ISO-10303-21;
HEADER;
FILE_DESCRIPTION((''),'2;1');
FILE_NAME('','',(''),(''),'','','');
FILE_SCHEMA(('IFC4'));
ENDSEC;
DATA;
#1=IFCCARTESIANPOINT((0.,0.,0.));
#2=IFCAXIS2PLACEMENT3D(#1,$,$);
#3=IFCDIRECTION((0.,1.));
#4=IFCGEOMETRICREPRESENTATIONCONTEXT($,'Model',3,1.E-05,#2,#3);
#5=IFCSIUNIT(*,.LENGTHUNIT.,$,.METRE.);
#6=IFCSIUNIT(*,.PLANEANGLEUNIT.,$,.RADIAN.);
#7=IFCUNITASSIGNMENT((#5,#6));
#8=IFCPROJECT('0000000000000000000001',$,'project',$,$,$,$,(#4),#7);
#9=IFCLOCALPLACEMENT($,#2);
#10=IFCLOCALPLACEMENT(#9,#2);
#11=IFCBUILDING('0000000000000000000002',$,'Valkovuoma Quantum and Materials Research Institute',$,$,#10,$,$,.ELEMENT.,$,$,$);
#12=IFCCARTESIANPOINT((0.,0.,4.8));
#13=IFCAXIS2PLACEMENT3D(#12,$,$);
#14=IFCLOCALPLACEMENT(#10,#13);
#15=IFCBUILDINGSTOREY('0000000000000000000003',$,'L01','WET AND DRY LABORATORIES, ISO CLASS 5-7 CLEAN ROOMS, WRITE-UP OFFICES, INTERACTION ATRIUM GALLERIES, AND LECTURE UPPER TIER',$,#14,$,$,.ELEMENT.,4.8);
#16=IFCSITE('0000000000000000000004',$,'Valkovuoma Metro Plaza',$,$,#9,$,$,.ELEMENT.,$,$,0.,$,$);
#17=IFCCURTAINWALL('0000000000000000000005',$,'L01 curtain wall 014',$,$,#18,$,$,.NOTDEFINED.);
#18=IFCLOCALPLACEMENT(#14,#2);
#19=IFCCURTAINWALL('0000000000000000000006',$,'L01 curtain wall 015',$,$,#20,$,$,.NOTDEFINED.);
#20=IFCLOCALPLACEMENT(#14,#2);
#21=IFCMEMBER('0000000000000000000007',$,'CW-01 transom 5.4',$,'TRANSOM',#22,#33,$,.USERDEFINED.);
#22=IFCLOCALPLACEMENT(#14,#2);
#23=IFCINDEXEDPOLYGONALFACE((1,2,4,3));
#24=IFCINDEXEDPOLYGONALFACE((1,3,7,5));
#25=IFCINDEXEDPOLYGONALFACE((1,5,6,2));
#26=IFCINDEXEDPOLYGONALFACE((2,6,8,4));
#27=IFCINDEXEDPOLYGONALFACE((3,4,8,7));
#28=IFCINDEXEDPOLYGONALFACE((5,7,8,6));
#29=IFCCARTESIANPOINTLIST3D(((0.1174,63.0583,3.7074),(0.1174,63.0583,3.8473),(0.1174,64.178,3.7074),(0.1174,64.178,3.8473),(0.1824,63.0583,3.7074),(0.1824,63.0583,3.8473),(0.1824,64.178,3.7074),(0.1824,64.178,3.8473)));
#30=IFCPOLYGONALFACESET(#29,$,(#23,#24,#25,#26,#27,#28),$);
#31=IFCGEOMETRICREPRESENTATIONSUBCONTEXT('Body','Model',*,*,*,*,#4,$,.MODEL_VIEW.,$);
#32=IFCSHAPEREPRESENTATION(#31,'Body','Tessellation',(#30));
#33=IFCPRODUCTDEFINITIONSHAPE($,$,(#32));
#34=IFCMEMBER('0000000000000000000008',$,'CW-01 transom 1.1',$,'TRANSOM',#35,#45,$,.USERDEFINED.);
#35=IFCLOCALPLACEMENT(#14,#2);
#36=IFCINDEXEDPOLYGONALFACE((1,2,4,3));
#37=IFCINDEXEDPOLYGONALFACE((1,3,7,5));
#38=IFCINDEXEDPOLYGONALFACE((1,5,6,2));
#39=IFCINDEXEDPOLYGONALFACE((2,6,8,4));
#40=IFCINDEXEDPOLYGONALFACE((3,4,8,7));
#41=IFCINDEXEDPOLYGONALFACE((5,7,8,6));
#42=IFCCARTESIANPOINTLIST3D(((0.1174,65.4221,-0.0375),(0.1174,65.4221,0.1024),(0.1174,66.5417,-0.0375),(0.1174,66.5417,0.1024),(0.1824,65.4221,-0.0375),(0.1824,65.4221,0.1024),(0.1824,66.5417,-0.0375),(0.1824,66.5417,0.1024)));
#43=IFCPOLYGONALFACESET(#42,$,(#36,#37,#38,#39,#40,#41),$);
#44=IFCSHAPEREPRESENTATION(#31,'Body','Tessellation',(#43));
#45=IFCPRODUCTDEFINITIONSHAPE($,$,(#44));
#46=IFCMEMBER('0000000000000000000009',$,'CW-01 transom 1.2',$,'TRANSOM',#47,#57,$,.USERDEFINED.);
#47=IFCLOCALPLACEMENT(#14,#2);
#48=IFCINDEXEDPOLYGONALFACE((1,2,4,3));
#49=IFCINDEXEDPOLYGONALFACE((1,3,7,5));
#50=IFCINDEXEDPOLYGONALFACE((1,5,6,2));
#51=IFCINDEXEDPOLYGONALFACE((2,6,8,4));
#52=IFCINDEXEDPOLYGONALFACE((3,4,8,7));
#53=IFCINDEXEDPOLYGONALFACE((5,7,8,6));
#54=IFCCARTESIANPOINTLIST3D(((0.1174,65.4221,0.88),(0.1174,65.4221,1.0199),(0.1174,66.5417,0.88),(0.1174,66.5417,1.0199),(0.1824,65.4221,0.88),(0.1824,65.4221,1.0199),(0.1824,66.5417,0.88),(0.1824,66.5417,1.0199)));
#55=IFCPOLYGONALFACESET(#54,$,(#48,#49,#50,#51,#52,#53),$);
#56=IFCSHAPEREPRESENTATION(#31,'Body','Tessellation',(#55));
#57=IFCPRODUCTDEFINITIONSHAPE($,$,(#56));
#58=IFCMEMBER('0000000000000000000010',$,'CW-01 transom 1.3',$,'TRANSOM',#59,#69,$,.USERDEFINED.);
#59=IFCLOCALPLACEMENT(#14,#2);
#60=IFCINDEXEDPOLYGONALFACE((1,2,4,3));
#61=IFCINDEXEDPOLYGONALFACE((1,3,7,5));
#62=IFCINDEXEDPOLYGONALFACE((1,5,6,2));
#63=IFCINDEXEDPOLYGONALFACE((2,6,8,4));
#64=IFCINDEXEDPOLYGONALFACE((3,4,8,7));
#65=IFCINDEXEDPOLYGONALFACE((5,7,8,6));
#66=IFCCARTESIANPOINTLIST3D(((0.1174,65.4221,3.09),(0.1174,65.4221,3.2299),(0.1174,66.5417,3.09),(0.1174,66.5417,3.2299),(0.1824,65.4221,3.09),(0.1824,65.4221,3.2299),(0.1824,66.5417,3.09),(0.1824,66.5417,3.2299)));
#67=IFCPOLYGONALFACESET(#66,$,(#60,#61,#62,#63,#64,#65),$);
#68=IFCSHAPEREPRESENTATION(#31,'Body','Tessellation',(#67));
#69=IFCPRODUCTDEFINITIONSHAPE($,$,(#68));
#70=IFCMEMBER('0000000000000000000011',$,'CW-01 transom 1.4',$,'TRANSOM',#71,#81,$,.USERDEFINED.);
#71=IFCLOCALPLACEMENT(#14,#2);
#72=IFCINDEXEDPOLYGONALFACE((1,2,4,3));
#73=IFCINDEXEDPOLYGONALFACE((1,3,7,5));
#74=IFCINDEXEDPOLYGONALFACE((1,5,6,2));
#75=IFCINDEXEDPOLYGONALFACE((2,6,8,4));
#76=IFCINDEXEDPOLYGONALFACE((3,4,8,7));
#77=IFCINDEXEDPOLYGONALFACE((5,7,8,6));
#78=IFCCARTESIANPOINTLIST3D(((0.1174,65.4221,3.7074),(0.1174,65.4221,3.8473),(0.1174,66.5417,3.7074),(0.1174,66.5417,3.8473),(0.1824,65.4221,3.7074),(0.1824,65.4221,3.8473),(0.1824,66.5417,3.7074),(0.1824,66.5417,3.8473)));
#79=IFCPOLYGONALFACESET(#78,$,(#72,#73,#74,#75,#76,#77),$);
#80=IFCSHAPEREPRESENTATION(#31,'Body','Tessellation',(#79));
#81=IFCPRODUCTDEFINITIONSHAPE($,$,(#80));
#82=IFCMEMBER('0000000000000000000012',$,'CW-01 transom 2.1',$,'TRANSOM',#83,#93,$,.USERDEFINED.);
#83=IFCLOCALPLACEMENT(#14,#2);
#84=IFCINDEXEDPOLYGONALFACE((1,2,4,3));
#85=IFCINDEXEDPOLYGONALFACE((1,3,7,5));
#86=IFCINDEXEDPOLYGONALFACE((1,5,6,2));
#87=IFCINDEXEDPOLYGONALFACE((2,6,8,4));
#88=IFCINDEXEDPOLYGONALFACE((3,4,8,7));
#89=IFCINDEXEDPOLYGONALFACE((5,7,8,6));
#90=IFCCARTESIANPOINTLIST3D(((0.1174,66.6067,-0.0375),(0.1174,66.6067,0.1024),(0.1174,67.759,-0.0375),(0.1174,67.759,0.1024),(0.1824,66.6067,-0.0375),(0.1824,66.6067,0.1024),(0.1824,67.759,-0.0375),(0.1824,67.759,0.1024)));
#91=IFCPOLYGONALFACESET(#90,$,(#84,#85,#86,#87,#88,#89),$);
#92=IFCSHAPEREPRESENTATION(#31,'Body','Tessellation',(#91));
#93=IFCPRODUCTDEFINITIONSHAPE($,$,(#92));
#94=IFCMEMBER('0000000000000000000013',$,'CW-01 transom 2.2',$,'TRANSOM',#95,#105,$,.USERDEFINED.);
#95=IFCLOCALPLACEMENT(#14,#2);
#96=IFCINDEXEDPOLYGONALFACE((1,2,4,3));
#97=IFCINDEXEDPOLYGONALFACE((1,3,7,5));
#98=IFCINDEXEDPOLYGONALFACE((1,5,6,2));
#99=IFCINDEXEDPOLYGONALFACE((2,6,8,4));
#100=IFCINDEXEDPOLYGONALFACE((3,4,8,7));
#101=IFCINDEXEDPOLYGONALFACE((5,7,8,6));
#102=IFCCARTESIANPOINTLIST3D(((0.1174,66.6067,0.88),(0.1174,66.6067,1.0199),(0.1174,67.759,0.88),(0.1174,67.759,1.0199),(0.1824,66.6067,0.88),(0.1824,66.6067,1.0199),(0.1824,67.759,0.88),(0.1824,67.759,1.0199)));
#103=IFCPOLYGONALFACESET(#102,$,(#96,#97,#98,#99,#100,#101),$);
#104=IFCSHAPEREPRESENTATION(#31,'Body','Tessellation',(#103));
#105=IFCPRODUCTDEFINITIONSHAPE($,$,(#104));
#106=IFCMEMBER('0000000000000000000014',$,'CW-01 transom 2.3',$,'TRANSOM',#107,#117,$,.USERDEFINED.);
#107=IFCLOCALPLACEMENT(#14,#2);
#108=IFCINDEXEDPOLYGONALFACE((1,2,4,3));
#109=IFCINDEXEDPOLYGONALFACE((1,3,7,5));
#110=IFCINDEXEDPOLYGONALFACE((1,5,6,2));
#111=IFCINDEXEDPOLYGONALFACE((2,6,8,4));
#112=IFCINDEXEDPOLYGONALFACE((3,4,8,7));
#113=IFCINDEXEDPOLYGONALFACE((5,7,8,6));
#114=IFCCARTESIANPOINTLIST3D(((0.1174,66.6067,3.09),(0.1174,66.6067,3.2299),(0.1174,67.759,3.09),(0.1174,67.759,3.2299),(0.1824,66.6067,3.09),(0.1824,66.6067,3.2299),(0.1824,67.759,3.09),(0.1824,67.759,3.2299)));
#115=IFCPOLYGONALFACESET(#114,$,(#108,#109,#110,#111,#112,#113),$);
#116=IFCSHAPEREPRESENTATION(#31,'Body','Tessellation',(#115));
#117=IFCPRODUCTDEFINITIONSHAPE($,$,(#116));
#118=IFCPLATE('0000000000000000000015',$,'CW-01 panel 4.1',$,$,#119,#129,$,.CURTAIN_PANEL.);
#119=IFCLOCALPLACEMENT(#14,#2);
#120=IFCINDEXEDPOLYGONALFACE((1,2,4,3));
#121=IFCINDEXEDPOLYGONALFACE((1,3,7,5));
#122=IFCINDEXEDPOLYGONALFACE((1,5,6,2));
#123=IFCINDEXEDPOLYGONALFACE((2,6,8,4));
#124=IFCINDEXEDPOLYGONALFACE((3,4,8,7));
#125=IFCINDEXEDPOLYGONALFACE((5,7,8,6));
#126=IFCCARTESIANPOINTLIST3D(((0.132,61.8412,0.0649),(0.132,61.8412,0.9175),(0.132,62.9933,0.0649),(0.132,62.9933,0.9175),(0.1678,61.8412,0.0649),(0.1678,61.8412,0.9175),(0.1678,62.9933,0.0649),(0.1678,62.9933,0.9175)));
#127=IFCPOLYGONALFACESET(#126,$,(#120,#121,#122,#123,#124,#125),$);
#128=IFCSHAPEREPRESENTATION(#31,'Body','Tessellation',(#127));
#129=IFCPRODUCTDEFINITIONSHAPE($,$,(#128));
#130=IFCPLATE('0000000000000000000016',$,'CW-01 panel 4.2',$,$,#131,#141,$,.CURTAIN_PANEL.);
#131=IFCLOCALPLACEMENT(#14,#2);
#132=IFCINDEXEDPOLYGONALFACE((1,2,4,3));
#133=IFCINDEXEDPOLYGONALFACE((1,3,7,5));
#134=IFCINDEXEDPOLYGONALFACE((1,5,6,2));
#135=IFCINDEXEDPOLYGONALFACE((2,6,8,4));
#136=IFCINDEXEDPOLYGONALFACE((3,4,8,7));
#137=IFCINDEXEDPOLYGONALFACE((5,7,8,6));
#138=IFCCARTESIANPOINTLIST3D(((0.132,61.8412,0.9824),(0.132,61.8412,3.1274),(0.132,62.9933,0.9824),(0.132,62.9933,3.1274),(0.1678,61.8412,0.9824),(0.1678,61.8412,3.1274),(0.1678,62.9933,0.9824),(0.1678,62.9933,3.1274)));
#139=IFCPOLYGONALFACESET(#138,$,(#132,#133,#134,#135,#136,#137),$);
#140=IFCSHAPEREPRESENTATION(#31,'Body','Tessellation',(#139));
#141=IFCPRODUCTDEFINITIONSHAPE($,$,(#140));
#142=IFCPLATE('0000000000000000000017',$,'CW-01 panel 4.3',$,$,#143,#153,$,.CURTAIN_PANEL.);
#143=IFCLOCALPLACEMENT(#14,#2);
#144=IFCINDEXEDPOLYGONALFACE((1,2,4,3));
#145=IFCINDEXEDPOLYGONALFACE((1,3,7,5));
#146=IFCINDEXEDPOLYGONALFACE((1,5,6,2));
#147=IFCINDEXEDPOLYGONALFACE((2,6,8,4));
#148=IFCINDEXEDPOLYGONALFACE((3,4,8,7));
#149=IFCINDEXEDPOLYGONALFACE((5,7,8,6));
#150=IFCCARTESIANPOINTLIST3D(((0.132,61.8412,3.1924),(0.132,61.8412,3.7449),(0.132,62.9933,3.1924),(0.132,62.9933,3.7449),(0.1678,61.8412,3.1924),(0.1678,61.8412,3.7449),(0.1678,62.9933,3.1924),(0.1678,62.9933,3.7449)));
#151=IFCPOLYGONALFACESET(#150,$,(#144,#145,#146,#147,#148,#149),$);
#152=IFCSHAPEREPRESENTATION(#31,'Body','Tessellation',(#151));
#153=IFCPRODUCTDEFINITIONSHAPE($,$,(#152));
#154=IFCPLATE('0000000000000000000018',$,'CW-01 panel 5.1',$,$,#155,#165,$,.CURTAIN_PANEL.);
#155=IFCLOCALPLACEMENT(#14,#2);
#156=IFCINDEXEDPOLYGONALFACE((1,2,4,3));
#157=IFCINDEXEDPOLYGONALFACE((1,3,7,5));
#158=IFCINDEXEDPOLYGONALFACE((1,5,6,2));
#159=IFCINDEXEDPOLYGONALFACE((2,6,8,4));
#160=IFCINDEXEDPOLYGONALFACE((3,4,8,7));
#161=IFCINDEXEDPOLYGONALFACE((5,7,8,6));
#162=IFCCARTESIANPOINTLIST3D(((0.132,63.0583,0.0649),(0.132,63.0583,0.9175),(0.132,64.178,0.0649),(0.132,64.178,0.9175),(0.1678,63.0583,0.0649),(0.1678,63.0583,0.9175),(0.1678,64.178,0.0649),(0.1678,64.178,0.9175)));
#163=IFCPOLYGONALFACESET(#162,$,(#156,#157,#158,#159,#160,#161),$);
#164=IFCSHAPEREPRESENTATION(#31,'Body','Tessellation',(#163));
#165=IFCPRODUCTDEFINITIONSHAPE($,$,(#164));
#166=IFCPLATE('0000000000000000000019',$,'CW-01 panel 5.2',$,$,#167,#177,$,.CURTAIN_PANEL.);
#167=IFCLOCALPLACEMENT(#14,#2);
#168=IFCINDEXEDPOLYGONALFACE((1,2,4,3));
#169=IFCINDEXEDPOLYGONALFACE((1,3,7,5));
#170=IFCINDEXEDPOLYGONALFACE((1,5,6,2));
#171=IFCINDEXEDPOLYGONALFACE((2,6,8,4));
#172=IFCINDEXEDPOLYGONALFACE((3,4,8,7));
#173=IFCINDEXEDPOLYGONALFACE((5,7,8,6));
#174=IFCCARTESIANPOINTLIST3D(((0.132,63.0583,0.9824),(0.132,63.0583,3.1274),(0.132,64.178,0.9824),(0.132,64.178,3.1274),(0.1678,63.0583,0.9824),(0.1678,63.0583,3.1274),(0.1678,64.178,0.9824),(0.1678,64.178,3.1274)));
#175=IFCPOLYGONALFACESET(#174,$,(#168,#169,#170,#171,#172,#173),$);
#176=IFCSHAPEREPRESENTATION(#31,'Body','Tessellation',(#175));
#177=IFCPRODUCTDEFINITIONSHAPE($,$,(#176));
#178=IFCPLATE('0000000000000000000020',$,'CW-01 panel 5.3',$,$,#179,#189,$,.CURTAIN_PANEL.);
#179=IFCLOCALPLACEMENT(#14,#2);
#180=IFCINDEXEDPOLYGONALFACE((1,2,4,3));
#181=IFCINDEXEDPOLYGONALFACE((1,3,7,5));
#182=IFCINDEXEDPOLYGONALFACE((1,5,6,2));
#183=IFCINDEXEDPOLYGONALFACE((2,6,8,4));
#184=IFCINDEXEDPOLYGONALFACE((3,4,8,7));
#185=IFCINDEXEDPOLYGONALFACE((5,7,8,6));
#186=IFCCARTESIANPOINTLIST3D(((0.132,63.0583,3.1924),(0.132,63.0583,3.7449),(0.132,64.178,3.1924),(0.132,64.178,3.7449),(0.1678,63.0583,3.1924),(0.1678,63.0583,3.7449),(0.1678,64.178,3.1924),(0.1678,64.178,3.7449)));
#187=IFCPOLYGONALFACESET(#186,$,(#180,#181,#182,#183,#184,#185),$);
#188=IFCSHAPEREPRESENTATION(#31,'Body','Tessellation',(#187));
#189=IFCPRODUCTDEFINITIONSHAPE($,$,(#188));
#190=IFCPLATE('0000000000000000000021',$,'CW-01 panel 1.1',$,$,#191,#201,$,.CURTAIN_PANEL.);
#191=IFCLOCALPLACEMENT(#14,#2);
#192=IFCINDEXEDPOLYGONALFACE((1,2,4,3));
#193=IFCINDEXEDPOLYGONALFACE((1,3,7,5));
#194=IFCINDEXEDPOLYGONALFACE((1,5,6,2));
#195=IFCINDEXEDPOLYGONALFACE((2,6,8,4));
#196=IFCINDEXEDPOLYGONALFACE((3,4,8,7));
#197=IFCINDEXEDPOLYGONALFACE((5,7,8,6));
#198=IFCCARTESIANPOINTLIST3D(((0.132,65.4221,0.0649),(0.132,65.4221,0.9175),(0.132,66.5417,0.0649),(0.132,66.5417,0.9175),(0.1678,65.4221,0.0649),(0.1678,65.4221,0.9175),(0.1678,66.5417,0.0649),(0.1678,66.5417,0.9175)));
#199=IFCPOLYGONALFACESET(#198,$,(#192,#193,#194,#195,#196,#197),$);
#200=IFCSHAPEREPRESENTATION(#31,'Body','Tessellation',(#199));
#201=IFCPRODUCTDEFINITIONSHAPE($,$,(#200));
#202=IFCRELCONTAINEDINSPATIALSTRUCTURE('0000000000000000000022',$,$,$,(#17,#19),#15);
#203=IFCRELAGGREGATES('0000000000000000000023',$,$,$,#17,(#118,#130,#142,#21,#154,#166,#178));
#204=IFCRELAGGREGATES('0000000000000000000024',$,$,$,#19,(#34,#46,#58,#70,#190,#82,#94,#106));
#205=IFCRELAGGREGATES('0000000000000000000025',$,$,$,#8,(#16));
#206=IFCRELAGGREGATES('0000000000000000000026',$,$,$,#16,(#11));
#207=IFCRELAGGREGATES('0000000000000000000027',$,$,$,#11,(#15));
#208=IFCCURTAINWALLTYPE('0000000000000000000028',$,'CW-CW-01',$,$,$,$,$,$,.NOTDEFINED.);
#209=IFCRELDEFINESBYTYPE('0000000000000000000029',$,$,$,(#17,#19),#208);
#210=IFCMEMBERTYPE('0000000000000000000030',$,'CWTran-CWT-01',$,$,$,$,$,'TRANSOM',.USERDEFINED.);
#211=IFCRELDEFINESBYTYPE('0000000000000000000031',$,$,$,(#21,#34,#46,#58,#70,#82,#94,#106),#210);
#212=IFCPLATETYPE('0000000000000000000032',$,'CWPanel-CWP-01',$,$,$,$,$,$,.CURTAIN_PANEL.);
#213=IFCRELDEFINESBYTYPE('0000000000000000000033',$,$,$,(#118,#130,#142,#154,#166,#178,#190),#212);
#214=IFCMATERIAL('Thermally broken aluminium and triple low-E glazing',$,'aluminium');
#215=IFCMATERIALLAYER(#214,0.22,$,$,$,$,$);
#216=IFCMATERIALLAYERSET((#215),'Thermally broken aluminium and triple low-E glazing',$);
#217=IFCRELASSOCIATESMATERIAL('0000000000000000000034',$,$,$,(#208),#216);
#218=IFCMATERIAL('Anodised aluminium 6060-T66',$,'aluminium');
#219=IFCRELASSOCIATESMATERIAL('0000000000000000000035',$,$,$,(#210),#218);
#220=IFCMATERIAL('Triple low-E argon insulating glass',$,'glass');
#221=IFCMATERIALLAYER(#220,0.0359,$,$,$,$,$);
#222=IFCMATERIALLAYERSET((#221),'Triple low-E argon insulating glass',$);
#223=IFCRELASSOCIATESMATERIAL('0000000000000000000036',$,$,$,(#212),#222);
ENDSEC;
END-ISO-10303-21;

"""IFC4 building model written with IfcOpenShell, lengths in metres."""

from ifc_helpers import new_model, si_unit, direction, frame, origin, origin_2d, place, context, subcontext, project, spatial, rectangle, extrude, material, layer, layer_set, material_profile, profile_set, type_object, element, aggregate, save


model = new_model("IFC4")

# Units and contexts
model_context = context("Model", 3, precision=1e-05, world=origin(), true_north=direction((0.0, 1.0)))
body_context = subcontext(model_context, "Body", "Model", "MODEL_VIEW")
ifc_project = project(units=[si_unit("LENGTHUNIT", "METRE"), si_unit("PLANEANGLEUNIT", "RADIAN")], contexts=[model_context])

# Site, building, storey
site_placement = place(None, origin())
site = spatial("IfcSite", under=ifc_project, at=site_placement, Name="Valkovuoma Metro Plaza", CompositionType="ELEMENT", RefElevation=0.0)
building_placement = place(site_placement, origin())
building = spatial("IfcBuilding", under=site, at=building_placement, Name="Valkovuoma Quantum and Materials Research Institute", CompositionType="ELEMENT")
storey_placement = place(building_placement, frame((0.0, 0.0, 4.8)))
storey = spatial("IfcBuildingStorey", under=building, at=storey_placement, Name="L01", Description="WET AND DRY LABORATORIES, ISO CLASS 5-7 CLEAN ROOMS, WRITE-UP OFFICES, INTERACTION ATRIUM GALLERIES, AND LECTURE UPPER TIER", CompositionType="ELEMENT", Elevation=4.8)

# Curtain walls
ifc_material_1 = material(Name="Thermally broken aluminium and triple low-E glazing", Category="aluminium")
ifc_layer_1 = layer(ifc_material_1, 0.22)
ifc_layer_set_1 = layer_set([ifc_layer_1], Name="Thermally broken aluminium and triple low-E glazing")
curtain_wall_type = type_object("IfcCurtainWallType", Name="CW-CW-01", PredefinedType="NOTDEFINED", material=ifc_layer_set_1)
curtain_wall_1_placement = place(storey_placement, origin())
curtain_wall_1 = element("IfcCurtainWall", 1, at=curtain_wall_1_placement, inside=storey, type_object=curtain_wall_type, Name="L01 curtain wall 014", PredefinedType="NOTDEFINED")
curtain_wall_2_placement = place(storey_placement, origin())
curtain_wall_2 = element("IfcCurtainWall", 2, at=curtain_wall_2_placement, inside=storey, type_object=curtain_wall_type, Name="L01 curtain wall 015", PredefinedType="NOTDEFINED")

# Members
ifc_material_2 = material(Name="Anodised aluminium 6060-T66", Category="aluminium")
ifc_material_profile_1 = material_profile(ifc_material_2, rectangle(XDim=0.0649, YDim=0.1399, at=origin_2d()), Name="Anodised aluminium 6060-T66")
ifc_profile_set_1 = profile_set([ifc_material_profile_1], Name="Anodised aluminium 6060-T66")
member_type_1 = type_object("IfcMemberType", Name="CWTran-CWT-01", ElementType="TRANSOM", PredefinedType="USERDEFINED", material=ifc_profile_set_1)
member_1_placement = place(storey_placement, frame((0.1499, 63.0583, 3.7773), z_axis=(0.0, 1.0, 0.0), x_axis=(-1.0, 0.0, 0.0)))
member_1 = element("IfcMember", 3, at=member_1_placement, type_object=member_type_1, Name="CW-01 transom 5.4", ObjectType="TRANSOM", PredefinedType="USERDEFINED", context=body_context, shape_type="SweptSolid", body=[
    extrude(rectangle(XDim=0.0649, YDim=0.1399, at=origin_2d()), origin(), (0.0, 0.0, 1.0), 1.1196),
])
member_2_placement = place(storey_placement, frame((0.1499, 65.4221, 0.0325), z_axis=(0.0, 1.0, 0.0), x_axis=(-1.0, 0.0, 0.0)))
member_2 = element("IfcMember", 4, at=member_2_placement, type_object=member_type_1, Name="CW-01 transom 1.1", ObjectType="TRANSOM", PredefinedType="USERDEFINED", context=body_context, shape_type="SweptSolid", body=[
    extrude(rectangle(XDim=0.0649, YDim=0.1399, at=origin_2d()), origin(), (0.0, 0.0, 1.0), 1.1196),
])
member_3_placement = place(storey_placement, frame((0.1499, 65.4221, 0.95), z_axis=(0.0, 1.0, 0.0), x_axis=(-1.0, 0.0, 0.0)))
member_3 = element("IfcMember", 5, at=member_3_placement, type_object=member_type_1, Name="CW-01 transom 1.2", ObjectType="TRANSOM", PredefinedType="USERDEFINED", context=body_context, shape_type="SweptSolid", body=[
    extrude(rectangle(XDim=0.0649, YDim=0.1399, at=origin_2d()), origin(), (0.0, 0.0, 1.0), 1.1196),
])
member_4_placement = place(storey_placement, frame((0.1499, 65.4221, 3.1599), z_axis=(0.0, 1.0, 0.0), x_axis=(-1.0, 0.0, 0.0)))
member_4 = element("IfcMember", 6, at=member_4_placement, type_object=member_type_1, Name="CW-01 transom 1.3", ObjectType="TRANSOM", PredefinedType="USERDEFINED", context=body_context, shape_type="SweptSolid", body=[
    extrude(rectangle(XDim=0.0649, YDim=0.1399, at=origin_2d()), origin(), (0.0, 0.0, 1.0), 1.1196),
])
member_5_placement = place(storey_placement, frame((0.1499, 65.4221, 3.7773), z_axis=(0.0, 1.0, 0.0), x_axis=(-1.0, 0.0, 0.0)))
member_5 = element("IfcMember", 7, at=member_5_placement, type_object=member_type_1, Name="CW-01 transom 1.4", ObjectType="TRANSOM", PredefinedType="USERDEFINED", context=body_context, shape_type="SweptSolid", body=[
    extrude(rectangle(XDim=0.0649, YDim=0.1399, at=origin_2d()), origin(), (0.0, 0.0, 1.0), 1.1196),
])
member_6_placement = place(storey_placement, frame((0.1499, 66.6067, 0.0325), z_axis=(0.0, 1.0, 0.0), x_axis=(-1.0, 0.0, 0.0)))
member_6 = element("IfcMember", 8, at=member_6_placement, type_object=member_type_1, Name="CW-01 transom 2.1", ObjectType="TRANSOM", PredefinedType="USERDEFINED", context=body_context, shape_type="SweptSolid", body=[
    extrude(rectangle(XDim=0.0649, YDim=0.1399, at=origin_2d()), origin(), (0.0, 0.0, 1.0), 1.1523),
])
member_7_placement = place(storey_placement, frame((0.1499, 66.6067, 0.95), z_axis=(0.0, 1.0, 0.0), x_axis=(-1.0, 0.0, 0.0)))
member_7 = element("IfcMember", 9, at=member_7_placement, type_object=member_type_1, Name="CW-01 transom 2.2", ObjectType="TRANSOM", PredefinedType="USERDEFINED", context=body_context, shape_type="SweptSolid", body=[
    extrude(rectangle(XDim=0.0649, YDim=0.1399, at=origin_2d()), origin(), (0.0, 0.0, 1.0), 1.1523),
])
member_8_placement = place(storey_placement, frame((0.1499, 66.6067, 3.1599), z_axis=(0.0, 1.0, 0.0), x_axis=(-1.0, 0.0, 0.0)))
member_8 = element("IfcMember", 10, at=member_8_placement, type_object=member_type_1, Name="CW-01 transom 2.3", ObjectType="TRANSOM", PredefinedType="USERDEFINED", context=body_context, shape_type="SweptSolid", body=[
    extrude(rectangle(XDim=0.0649, YDim=0.1399, at=origin_2d()), origin(), (0.0, 0.0, 1.0), 1.1523),
])

# Plates
ifc_material_3 = material(Name="Triple low-E argon insulating glass", Category="glass")
ifc_layer_2 = layer(ifc_material_3, 0.0359)
ifc_layer_set_2 = layer_set([ifc_layer_2], Name="Triple low-E argon insulating glass")
plate_type = type_object("IfcPlateType", Name="CWPanel-CWP-01", PredefinedType="CURTAIN_PANEL", material=ifc_layer_set_2)
plate_1_placement = place(storey_placement, frame((0.1499, 62.4172, 0.0649), z_axis=(0.0, 0.0, 1.0), x_axis=(0.0, 1.0, 0.0)))
plate_1 = element("IfcPlate", 11, at=plate_1_placement, type_object=plate_type, Name="CW-01 panel 4.1", PredefinedType="CURTAIN_PANEL", context=body_context, shape_type="SweptSolid", body=[
    extrude(rectangle(XDim=1.1521, YDim=0.0359, at=origin_2d()), origin(), (0.0, 0.0, 1.0), 0.8525),
])
plate_2_placement = place(storey_placement, frame((0.1499, 62.4172, 0.9824), z_axis=(0.0, 0.0, 1.0), x_axis=(0.0, 1.0, 0.0)))
plate_2 = element("IfcPlate", 12, at=plate_2_placement, type_object=plate_type, Name="CW-01 panel 4.2", PredefinedType="CURTAIN_PANEL", context=body_context, shape_type="SweptSolid", body=[
    extrude(rectangle(XDim=1.1521, YDim=0.0359, at=origin_2d()), origin(), (0.0, 0.0, 1.0), 2.145),
])
plate_3_placement = place(storey_placement, frame((0.1499, 62.4172, 3.1924), z_axis=(0.0, 0.0, 1.0), x_axis=(0.0, 1.0, 0.0)))
plate_3 = element("IfcPlate", 13, at=plate_3_placement, type_object=plate_type, Name="CW-01 panel 4.3", PredefinedType="CURTAIN_PANEL", context=body_context, shape_type="SweptSolid", body=[
    extrude(rectangle(XDim=1.1521, YDim=0.0359, at=origin_2d()), origin(), (0.0, 0.0, 1.0), 0.5525),
])
plate_4_placement = place(storey_placement, frame((0.1499, 63.6182, 0.0649), z_axis=(0.0, 0.0, 1.0), x_axis=(0.0, 1.0, 0.0)))
plate_4 = element("IfcPlate", 14, at=plate_4_placement, type_object=plate_type, Name="CW-01 panel 5.1", PredefinedType="CURTAIN_PANEL", context=body_context, shape_type="SweptSolid", body=[
    extrude(rectangle(XDim=1.1196, YDim=0.0359, at=origin_2d()), origin(), (0.0, 0.0, 1.0), 0.8525),
])
plate_5_placement = place(storey_placement, frame((0.1499, 63.6182, 0.9824), z_axis=(0.0, 0.0, 1.0), x_axis=(0.0, 1.0, 0.0)))
plate_5 = element("IfcPlate", 15, at=plate_5_placement, type_object=plate_type, Name="CW-01 panel 5.2", PredefinedType="CURTAIN_PANEL", context=body_context, shape_type="SweptSolid", body=[
    extrude(rectangle(XDim=1.1196, YDim=0.0359, at=origin_2d()), origin(), (0.0, 0.0, 1.0), 2.145),
])
plate_6_placement = place(storey_placement, frame((0.1499, 63.6182, 3.1924), z_axis=(0.0, 0.0, 1.0), x_axis=(0.0, 1.0, 0.0)))
plate_6 = element("IfcPlate", 16, at=plate_6_placement, type_object=plate_type, Name="CW-01 panel 5.3", PredefinedType="CURTAIN_PANEL", context=body_context, shape_type="SweptSolid", body=[
    extrude(rectangle(XDim=1.1196, YDim=0.0359, at=origin_2d()), origin(), (0.0, 0.0, 1.0), 0.5525),
])
aggregate(curtain_wall_1, [plate_1, plate_2, plate_3, member_1, plate_4, plate_5, plate_6])
plate_7_placement = place(storey_placement, frame((0.1499, 65.9819, 0.0649), z_axis=(0.0, 0.0, 1.0), x_axis=(0.0, 1.0, 0.0)))
plate_7 = element("IfcPlate", 17, at=plate_7_placement, type_object=plate_type, Name="CW-01 panel 1.1", PredefinedType="CURTAIN_PANEL", context=body_context, shape_type="SweptSolid", body=[
    extrude(rectangle(XDim=1.1196, YDim=0.0359, at=origin_2d()), origin(), (0.0, 0.0, 1.0), 0.8525),
])
aggregate(curtain_wall_2, [member_2, member_3, member_4, member_5, plate_7, member_6, member_7, member_8])

save(model, "model.ifc")
